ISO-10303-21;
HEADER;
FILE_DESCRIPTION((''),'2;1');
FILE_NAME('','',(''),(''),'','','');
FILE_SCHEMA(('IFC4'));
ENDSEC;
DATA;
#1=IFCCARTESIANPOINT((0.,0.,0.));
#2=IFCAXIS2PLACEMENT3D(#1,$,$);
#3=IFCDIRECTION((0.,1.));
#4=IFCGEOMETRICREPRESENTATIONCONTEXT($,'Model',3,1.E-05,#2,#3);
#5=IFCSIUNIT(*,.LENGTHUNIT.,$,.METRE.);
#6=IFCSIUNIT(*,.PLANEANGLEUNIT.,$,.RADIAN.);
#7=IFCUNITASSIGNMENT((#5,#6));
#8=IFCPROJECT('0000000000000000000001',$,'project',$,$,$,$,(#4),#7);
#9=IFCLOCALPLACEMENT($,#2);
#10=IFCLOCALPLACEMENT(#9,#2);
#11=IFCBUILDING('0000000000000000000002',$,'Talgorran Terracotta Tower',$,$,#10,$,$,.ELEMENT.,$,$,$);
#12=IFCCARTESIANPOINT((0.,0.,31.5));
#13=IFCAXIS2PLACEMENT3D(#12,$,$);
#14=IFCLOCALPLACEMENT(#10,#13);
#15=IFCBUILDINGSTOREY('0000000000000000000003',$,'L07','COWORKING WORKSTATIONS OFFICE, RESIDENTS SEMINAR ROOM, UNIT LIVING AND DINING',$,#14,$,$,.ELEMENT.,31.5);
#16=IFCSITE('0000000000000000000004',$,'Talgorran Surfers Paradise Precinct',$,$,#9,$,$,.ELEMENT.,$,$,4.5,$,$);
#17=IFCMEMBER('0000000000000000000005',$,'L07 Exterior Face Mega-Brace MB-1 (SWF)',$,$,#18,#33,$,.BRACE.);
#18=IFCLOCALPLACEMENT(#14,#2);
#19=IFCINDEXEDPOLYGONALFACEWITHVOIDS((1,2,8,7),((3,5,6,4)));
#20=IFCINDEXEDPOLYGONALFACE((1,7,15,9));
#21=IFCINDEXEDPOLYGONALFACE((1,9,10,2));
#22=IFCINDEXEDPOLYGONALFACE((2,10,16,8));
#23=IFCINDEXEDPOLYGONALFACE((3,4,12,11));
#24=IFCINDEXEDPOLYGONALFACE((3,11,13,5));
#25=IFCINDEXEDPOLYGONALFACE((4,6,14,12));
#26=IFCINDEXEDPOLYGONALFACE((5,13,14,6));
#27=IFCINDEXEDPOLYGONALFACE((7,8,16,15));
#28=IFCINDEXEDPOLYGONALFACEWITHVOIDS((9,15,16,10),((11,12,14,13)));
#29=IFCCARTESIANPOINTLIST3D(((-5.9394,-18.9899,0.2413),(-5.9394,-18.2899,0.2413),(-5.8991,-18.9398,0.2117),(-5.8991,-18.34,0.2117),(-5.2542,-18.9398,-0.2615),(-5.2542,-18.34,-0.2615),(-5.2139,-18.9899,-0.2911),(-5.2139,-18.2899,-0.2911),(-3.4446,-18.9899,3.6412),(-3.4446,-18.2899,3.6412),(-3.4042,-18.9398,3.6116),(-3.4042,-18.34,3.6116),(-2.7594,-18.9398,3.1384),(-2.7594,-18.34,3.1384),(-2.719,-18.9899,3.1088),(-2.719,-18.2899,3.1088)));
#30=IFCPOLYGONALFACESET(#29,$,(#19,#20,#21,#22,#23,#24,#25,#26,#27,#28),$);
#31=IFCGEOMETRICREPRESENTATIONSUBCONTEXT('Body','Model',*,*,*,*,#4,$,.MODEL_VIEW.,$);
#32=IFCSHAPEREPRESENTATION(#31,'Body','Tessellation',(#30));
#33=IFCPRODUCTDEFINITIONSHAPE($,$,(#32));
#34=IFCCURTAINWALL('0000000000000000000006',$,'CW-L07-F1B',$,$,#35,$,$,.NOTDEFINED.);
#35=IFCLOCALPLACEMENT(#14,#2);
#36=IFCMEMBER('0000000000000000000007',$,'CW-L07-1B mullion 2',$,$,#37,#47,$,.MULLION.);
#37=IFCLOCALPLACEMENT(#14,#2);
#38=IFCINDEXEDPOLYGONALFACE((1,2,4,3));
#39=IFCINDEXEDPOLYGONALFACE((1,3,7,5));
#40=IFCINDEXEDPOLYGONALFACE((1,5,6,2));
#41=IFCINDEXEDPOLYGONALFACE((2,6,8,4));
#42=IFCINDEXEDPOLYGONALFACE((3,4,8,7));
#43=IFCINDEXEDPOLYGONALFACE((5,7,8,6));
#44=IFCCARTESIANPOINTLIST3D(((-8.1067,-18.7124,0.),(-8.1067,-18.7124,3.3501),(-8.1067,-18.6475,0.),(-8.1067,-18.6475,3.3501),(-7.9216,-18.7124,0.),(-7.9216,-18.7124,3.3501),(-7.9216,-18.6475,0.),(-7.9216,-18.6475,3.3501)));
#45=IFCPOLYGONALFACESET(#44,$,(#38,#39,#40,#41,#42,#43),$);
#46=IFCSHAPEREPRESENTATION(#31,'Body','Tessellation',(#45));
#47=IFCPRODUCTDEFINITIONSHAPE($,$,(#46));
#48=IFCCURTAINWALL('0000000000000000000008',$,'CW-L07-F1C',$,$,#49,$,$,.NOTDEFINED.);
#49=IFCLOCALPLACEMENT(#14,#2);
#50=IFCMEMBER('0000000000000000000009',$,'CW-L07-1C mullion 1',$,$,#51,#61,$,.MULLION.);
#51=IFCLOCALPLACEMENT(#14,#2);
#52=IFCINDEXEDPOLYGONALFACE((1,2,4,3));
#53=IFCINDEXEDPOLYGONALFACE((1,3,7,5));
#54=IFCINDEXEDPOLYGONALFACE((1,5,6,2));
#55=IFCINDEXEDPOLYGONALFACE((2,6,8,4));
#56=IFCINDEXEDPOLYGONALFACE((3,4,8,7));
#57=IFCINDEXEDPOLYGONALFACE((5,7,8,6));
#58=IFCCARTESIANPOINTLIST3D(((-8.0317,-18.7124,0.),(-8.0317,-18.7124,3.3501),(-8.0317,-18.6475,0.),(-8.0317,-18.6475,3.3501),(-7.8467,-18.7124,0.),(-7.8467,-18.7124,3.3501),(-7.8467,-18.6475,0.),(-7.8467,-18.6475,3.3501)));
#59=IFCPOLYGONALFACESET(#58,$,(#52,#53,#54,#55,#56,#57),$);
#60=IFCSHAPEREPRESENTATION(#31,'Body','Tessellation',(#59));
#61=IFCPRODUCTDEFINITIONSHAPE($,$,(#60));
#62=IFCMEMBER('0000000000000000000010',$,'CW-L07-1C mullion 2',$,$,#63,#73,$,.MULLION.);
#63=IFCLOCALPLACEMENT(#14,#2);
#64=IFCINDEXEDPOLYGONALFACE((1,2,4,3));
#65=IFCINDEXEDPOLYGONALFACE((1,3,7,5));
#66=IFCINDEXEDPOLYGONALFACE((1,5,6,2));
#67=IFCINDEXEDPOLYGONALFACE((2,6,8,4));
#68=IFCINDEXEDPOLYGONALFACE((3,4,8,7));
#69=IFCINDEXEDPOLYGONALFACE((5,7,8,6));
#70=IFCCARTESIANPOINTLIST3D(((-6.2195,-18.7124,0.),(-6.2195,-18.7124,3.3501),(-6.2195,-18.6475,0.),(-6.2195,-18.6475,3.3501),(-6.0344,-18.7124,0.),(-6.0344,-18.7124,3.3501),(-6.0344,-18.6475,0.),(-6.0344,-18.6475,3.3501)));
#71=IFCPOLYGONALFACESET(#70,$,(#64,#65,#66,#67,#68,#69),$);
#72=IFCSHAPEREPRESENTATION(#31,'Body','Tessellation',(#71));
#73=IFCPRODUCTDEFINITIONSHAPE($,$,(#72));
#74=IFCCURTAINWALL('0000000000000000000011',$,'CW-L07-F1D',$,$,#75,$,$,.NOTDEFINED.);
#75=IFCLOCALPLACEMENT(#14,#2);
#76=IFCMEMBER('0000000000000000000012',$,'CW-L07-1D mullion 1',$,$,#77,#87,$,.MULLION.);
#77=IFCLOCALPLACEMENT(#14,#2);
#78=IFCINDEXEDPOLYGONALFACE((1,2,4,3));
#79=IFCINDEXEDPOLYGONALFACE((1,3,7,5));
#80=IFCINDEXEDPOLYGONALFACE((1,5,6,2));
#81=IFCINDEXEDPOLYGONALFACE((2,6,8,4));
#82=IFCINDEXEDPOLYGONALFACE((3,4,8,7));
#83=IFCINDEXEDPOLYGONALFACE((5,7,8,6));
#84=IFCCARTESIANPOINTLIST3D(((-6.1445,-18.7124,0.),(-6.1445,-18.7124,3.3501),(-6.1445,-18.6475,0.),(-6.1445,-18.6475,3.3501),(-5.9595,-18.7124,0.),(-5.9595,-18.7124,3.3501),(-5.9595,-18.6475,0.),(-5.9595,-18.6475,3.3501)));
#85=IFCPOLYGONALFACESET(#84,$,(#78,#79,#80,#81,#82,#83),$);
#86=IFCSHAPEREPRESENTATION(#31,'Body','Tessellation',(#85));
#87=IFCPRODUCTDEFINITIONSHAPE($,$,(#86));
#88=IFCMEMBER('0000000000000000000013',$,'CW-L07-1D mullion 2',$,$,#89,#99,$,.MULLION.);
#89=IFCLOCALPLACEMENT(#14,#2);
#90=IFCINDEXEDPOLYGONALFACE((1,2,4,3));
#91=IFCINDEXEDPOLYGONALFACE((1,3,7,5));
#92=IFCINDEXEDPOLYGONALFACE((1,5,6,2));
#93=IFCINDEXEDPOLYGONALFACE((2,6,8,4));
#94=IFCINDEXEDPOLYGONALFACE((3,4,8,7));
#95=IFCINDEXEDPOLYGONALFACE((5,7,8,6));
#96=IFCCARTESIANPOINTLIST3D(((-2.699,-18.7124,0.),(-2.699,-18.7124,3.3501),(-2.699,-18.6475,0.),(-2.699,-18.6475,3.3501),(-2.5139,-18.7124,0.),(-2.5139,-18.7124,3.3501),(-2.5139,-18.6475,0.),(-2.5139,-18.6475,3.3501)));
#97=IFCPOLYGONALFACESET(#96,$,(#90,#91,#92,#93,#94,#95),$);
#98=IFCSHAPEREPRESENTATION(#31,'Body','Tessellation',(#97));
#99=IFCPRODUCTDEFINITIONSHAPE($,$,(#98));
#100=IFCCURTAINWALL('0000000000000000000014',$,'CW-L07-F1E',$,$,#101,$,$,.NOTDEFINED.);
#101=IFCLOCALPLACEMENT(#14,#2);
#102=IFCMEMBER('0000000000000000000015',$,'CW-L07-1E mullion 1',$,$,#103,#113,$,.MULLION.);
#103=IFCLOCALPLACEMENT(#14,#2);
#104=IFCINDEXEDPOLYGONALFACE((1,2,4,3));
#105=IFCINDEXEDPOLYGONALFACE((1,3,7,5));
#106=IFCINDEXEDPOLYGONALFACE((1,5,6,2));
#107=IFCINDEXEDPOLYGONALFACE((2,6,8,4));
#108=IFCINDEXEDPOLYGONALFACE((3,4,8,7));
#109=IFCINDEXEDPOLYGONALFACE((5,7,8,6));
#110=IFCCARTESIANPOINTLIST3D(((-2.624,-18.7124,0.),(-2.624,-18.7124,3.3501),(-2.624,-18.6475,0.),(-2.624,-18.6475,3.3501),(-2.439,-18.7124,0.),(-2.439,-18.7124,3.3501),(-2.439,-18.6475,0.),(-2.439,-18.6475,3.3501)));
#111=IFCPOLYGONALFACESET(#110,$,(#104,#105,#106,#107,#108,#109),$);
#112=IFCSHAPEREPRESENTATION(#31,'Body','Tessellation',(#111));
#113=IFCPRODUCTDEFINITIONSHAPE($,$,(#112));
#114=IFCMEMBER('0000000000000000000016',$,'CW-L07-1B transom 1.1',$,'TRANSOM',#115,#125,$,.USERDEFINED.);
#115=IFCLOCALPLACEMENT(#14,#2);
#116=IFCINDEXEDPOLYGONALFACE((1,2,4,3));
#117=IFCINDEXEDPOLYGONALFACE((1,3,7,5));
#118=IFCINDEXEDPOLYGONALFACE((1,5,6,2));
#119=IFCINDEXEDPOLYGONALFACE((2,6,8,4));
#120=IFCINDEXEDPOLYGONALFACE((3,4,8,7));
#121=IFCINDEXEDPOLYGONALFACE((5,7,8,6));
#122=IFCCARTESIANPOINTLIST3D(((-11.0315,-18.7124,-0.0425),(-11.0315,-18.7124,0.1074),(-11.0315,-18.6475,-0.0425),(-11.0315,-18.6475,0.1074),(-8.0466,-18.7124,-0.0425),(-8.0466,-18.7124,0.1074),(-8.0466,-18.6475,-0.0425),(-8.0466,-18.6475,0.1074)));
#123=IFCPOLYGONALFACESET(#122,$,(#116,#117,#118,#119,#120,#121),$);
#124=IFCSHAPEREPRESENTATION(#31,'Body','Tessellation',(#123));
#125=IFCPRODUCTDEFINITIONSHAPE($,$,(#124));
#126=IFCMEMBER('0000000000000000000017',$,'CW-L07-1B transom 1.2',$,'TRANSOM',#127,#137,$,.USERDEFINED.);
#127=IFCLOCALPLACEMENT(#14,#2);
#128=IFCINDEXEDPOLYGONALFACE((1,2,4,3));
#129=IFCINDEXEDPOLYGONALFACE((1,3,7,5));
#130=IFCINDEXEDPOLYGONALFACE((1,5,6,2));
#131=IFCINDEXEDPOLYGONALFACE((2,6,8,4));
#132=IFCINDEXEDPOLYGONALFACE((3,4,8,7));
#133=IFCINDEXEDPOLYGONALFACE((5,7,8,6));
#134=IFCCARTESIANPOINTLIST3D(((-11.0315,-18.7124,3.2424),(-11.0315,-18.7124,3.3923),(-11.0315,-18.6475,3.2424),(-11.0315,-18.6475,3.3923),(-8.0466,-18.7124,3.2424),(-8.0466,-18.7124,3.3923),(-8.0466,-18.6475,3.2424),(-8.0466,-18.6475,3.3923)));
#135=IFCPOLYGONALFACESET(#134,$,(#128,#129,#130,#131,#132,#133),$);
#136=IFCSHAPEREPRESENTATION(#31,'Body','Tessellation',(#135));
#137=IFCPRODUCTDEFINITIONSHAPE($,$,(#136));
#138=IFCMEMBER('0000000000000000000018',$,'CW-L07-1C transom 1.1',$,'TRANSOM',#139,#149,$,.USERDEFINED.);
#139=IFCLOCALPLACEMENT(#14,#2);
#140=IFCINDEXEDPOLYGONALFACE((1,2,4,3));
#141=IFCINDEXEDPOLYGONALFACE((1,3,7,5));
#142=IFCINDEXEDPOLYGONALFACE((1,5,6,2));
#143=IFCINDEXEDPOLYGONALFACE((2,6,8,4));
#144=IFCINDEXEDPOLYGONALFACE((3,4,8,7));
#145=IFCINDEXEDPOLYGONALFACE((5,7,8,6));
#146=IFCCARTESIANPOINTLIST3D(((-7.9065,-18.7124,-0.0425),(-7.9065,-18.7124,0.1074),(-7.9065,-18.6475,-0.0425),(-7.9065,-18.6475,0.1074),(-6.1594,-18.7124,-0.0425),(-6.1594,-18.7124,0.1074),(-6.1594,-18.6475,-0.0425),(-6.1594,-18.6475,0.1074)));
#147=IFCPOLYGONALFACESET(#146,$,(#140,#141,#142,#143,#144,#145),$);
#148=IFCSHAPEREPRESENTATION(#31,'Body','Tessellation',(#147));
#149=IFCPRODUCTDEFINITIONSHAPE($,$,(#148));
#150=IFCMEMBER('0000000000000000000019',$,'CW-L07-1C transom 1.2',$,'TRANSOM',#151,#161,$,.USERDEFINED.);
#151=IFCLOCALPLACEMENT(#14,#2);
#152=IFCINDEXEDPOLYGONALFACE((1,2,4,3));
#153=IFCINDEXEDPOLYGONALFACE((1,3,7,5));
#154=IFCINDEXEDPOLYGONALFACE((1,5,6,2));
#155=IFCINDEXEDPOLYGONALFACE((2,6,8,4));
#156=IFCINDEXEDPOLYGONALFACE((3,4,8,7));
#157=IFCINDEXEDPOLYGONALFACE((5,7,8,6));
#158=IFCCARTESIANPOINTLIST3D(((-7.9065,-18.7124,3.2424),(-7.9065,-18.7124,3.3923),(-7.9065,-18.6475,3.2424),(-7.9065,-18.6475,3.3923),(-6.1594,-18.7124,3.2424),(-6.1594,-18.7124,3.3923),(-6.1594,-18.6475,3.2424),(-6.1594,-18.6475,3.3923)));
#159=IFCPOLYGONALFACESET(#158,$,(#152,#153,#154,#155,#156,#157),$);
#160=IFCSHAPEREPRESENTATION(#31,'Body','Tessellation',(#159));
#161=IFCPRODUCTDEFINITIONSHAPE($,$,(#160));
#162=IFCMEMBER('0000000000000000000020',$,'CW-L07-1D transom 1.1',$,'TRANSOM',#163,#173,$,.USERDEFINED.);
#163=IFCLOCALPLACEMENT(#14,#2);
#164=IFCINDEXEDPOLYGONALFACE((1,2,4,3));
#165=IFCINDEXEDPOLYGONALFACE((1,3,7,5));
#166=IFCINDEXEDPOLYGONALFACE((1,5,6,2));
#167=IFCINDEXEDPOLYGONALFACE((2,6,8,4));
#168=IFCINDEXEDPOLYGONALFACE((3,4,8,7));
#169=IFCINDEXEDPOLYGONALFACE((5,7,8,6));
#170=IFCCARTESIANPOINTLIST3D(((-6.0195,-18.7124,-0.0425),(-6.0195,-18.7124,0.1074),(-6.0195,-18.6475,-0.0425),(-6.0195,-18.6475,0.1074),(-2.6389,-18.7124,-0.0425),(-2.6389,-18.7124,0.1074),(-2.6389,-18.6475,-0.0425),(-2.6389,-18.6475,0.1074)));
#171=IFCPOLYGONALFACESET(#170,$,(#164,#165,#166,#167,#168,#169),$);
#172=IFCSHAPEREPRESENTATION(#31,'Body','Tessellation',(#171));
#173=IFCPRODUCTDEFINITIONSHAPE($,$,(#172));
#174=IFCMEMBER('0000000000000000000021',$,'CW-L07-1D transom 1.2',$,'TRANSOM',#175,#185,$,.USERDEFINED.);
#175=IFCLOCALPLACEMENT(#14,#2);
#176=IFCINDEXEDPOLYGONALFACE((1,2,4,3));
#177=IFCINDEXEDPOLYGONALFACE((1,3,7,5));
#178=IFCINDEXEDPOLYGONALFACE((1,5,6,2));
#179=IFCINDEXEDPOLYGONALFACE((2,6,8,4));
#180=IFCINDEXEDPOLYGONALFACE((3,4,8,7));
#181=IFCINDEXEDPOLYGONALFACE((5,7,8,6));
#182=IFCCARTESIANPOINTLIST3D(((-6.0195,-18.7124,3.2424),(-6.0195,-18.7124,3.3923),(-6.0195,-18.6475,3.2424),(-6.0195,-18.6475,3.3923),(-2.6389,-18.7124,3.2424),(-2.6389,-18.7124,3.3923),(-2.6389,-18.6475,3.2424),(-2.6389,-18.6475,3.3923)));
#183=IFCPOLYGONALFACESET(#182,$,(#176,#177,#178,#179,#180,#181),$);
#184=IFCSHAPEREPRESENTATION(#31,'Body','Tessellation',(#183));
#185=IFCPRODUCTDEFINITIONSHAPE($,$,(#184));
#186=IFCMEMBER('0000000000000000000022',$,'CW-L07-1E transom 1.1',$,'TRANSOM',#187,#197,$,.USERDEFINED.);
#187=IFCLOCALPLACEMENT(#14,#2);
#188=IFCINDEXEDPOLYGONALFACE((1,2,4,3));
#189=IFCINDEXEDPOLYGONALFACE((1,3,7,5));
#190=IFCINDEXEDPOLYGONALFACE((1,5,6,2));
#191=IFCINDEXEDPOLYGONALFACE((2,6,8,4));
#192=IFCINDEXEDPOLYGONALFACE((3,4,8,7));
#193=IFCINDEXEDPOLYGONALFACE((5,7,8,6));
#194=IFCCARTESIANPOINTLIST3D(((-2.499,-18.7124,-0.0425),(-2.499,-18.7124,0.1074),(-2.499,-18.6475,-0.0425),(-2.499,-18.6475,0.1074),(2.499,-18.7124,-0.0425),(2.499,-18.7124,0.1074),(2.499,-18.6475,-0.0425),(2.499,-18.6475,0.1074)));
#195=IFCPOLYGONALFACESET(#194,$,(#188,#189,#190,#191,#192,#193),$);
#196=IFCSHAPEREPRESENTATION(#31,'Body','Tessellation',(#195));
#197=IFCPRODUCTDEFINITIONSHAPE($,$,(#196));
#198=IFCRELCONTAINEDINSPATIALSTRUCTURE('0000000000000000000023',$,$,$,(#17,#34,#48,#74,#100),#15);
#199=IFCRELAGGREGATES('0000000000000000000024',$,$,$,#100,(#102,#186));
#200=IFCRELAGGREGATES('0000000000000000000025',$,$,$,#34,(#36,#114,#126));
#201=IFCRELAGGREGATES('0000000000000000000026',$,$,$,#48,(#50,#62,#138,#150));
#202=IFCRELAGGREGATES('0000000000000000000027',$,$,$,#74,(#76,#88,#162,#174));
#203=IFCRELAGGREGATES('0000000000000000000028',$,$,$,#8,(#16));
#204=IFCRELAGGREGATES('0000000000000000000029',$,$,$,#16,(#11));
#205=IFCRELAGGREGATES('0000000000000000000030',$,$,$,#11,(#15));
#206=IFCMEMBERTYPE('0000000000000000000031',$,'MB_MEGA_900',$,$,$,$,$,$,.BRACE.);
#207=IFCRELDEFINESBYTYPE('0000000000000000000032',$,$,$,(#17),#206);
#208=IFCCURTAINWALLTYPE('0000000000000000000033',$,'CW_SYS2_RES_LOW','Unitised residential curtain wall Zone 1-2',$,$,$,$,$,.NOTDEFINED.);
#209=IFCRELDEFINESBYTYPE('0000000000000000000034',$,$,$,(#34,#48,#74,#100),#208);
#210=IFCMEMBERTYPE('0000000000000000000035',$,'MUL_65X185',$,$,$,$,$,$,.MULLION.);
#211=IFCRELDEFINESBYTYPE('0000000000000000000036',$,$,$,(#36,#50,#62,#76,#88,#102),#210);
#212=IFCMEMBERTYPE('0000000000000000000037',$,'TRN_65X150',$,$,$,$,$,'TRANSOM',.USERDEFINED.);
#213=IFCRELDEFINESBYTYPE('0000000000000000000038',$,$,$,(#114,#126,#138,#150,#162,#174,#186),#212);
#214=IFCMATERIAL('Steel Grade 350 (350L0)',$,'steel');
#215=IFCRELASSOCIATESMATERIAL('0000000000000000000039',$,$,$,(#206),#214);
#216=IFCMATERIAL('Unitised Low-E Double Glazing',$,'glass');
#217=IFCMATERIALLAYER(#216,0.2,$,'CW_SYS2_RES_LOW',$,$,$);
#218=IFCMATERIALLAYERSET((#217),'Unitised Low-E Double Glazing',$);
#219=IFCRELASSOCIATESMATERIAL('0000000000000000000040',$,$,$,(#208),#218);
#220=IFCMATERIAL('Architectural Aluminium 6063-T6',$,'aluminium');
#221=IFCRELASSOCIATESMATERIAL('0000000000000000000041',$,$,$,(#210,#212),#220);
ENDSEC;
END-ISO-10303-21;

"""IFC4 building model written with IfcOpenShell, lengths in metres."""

from ifc_helpers import new_model, si_unit, direction, frame, origin, origin_2d, place, context, subcontext, project, spatial, rectangle, hollow_rectangle, extrude, material, layer, layer_set, material_profile, profile_set, type_object, element, aggregate, save


model = new_model("IFC4")

# Units and contexts
model_context = context("Model", 3, precision=1e-05, world=origin(), true_north=direction((0.0, 1.0)))
body_context = subcontext(model_context, "Body", "Model", "MODEL_VIEW")
ifc_project = project(units=[si_unit("LENGTHUNIT", "METRE"), si_unit("PLANEANGLEUNIT", "RADIAN")], contexts=[model_context])

# Site, building, storey
site_placement = place(None, origin())
site = spatial("IfcSite", under=ifc_project, at=site_placement, Name="Talgorran Surfers Paradise Precinct", CompositionType="ELEMENT", RefElevation=4.5)
building_placement = place(site_placement, origin())
building = spatial("IfcBuilding", under=site, at=building_placement, Name="Talgorran Terracotta Tower", CompositionType="ELEMENT")
storey_placement = place(building_placement, frame((0.0, 0.0, 31.5)))
storey = spatial("IfcBuildingStorey", under=building, at=storey_placement, Name="L07", Description="COWORKING WORKSTATIONS OFFICE, RESIDENTS SEMINAR ROOM, UNIT LIVING AND DINING", CompositionType="ELEMENT", Elevation=31.5)

# Member
ifc_material_1 = material(Name="Steel Grade 350 (350L0)", Category="steel")
ifc_material_profile_1 = material_profile(ifc_material_1, hollow_rectangle(XDim=0.7, YDim=0.8999, WallThickness=0.05, at=origin_2d()), Name="WBOX900X700X50")
ifc_profile_set_1 = profile_set([ifc_material_profile_1], Name="Steel Grade 350 (350L0)")
member_type_1 = type_object("IfcMemberType", Name="MB_MEGA_900", PredefinedType="BRACE", material=ifc_profile_set_1)
member_1_placement = place(storey_placement, frame((-5.5767, -18.6399, -0.0249), z_axis=(0.591612, 0.0, 0.806223), x_axis=(0.0, 1.0, 0.0)))
element("IfcMember", 1, at=member_1_placement, inside=storey, type_object=member_type_1, Name="L07 Exterior Face Mega-Brace MB-1 (SWF)", PredefinedType="BRACE", context=body_context, shape_type="SweptSolid", body=[
    extrude(hollow_rectangle(XDim=0.7, YDim=0.8999, WallThickness=0.05, at=origin_2d()), origin(), (0.0, 0.0, 1.0), 4.217),
])

# Curtain wall, member
ifc_material_2 = material(Name="Unitised Low-E Double Glazing", Category="glass")
ifc_layer_1 = layer(ifc_material_2, 0.2, Name="CW_SYS2_RES_LOW")
ifc_layer_set_1 = layer_set([ifc_layer_1], Name="Unitised Low-E Double Glazing")
curtain_wall_type = type_object("IfcCurtainWallType", Name="CW_SYS2_RES_LOW", Description="Unitised residential curtain wall Zone 1-2", PredefinedType="NOTDEFINED", material=ifc_layer_set_1)
curtain_wall_1_placement = place(storey_placement, origin())
curtain_wall_1 = element("IfcCurtainWall", 2, at=curtain_wall_1_placement, inside=storey, type_object=curtain_wall_type, Name="CW-L07-F1B", PredefinedType="NOTDEFINED")
ifc_material_3 = material(Name="Architectural Aluminium 6063-T6", Category="aluminium")
ifc_material_profile_2 = material_profile(ifc_material_3, rectangle(XDim=0.0649, YDim=0.1851, at=origin_2d()), Name="CWM65X185")
ifc_profile_set_2 = profile_set([ifc_material_profile_2], Name="Architectural Aluminium 6063-T6")
member_type_2 = type_object("IfcMemberType", Name="MUL_65X185", PredefinedType="MULLION", material=ifc_profile_set_2)
member_2_placement = place(storey_placement, frame((-8.0142, -18.6799, 0.0), z_axis=(0.0, 0.0, 1.0), x_axis=(0.0, 1.0, 0.0)))
member_2 = element("IfcMember", 3, at=member_2_placement, type_object=member_type_2, Name="CW-L07-1B mullion 2", PredefinedType="MULLION", context=body_context, shape_type="SweptSolid", body=[
    extrude(rectangle(XDim=0.0649, YDim=0.1851, at=origin_2d()), origin(), (0.0, 0.0, 1.0), 3.3501),
])

# Curtain walls, members
curtain_wall_2_placement = place(storey_placement, origin())
curtain_wall_2 = element("IfcCurtainWall", 4, at=curtain_wall_2_placement, inside=storey, type_object=curtain_wall_type, Name="CW-L07-F1C", PredefinedType="NOTDEFINED")
member_3_placement = place(storey_placement, frame((-7.9392, -18.6799, 0.0), z_axis=(0.0, 0.0, 1.0), x_axis=(0.0, 1.0, 0.0)))
member_3 = element("IfcMember", 5, at=member_3_placement, type_object=member_type_2, Name="CW-L07-1C mullion 1", PredefinedType="MULLION", context=body_context, shape_type="SweptSolid", body=[
    extrude(rectangle(XDim=0.0649, YDim=0.1851, at=origin_2d()), origin(), (0.0, 0.0, 1.0), 3.3501),
])
member_4_placement = place(storey_placement, frame((-6.127, -18.6799, 0.0), z_axis=(0.0, 0.0, 1.0), x_axis=(0.0, 1.0, 0.0)))
member_4 = element("IfcMember", 6, at=member_4_placement, type_object=member_type_2, Name="CW-L07-1C mullion 2", PredefinedType="MULLION", context=body_context, shape_type="SweptSolid", body=[
    extrude(rectangle(XDim=0.0649, YDim=0.1851, at=origin_2d()), origin(), (0.0, 0.0, 1.0), 3.3501),
])
curtain_wall_3_placement = place(storey_placement, origin())
curtain_wall_3 = element("IfcCurtainWall", 7, at=curtain_wall_3_placement, inside=storey, type_object=curtain_wall_type, Name="CW-L07-F1D", PredefinedType="NOTDEFINED")
member_5_placement = place(storey_placement, frame((-6.052, -18.6799, 0.0), z_axis=(0.0, 0.0, 1.0), x_axis=(0.0, 1.0, 0.0)))
member_5 = element("IfcMember", 8, at=member_5_placement, type_object=member_type_2, Name="CW-L07-1D mullion 1", PredefinedType="MULLION", context=body_context, shape_type="SweptSolid", body=[
    extrude(rectangle(XDim=0.0649, YDim=0.1851, at=origin_2d()), origin(), (0.0, 0.0, 1.0), 3.3501),
])
member_6_placement = place(storey_placement, frame((-2.6064, -18.6799, 0.0), z_axis=(0.0, 0.0, 1.0), x_axis=(0.0, 1.0, 0.0)))
member_6 = element("IfcMember", 9, at=member_6_placement, type_object=member_type_2, Name="CW-L07-1D mullion 2", PredefinedType="MULLION", context=body_context, shape_type="SweptSolid", body=[
    extrude(rectangle(XDim=0.0649, YDim=0.1851, at=origin_2d()), origin(), (0.0, 0.0, 1.0), 3.3501),
])

# Curtain wall, member
curtain_wall_4_placement = place(storey_placement, origin())
curtain_wall_4 = element("IfcCurtainWall", 10, at=curtain_wall_4_placement, inside=storey, type_object=curtain_wall_type, Name="CW-L07-F1E", PredefinedType="NOTDEFINED")
member_7_placement = place(storey_placement, frame((-2.5315, -18.6799, 0.0), z_axis=(0.0, 0.0, 1.0), x_axis=(0.0, 1.0, 0.0)))
member_7 = element("IfcMember", 11, at=member_7_placement, type_object=member_type_2, Name="CW-L07-1E mullion 1", PredefinedType="MULLION", context=body_context, shape_type="SweptSolid", body=[
    extrude(rectangle(XDim=0.0649, YDim=0.1851, at=origin_2d()), origin(), (0.0, 0.0, 1.0), 3.3501),
])

# Members
ifc_material_profile_3 = material_profile(ifc_material_3, rectangle(XDim=0.0649, YDim=0.1499, at=origin_2d()), Name="CWT65X150")
ifc_profile_set_3 = profile_set([ifc_material_profile_3], Name="Architectural Aluminium 6063-T6")
member_type_3 = type_object("IfcMemberType", Name="TRN_65X150", ElementType="TRANSOM", PredefinedType="USERDEFINED", material=ifc_profile_set_3)
member_8_placement = place(storey_placement, frame((-11.0315, -18.6799, 0.0325), z_axis=(1.0, 0.0, 0.0), x_axis=(0.0, 1.0, 0.0)))
member_8 = element("IfcMember", 12, at=member_8_placement, type_object=member_type_3, Name="CW-L07-1B transom 1.1", ObjectType="TRANSOM", PredefinedType="USERDEFINED", context=body_context, shape_type="SweptSolid", body=[
    extrude(rectangle(XDim=0.0649, YDim=0.1499, at=origin_2d()), origin(), (0.0, 0.0, 1.0), 2.9849),
])
member_9_placement = place(storey_placement, frame((-11.0315, -18.6799, 3.3174), z_axis=(1.0, 0.0, 0.0), x_axis=(0.0, 1.0, 0.0)))
member_9 = element("IfcMember", 13, at=member_9_placement, type_object=member_type_3, Name="CW-L07-1B transom 1.2", ObjectType="TRANSOM", PredefinedType="USERDEFINED", context=body_context, shape_type="SweptSolid", body=[
    extrude(rectangle(XDim=0.0649, YDim=0.1499, at=origin_2d()), origin(), (0.0, 0.0, 1.0), 2.9849),
])
member_10_placement = place(storey_placement, frame((-7.9065, -18.6799, 0.0325), z_axis=(1.0, 0.0, 0.0), x_axis=(0.0, 1.0, 0.0)))
member_10 = element("IfcMember", 14, at=member_10_placement, type_object=member_type_3, Name="CW-L07-1C transom 1.1", ObjectType="TRANSOM", PredefinedType="USERDEFINED", context=body_context, shape_type="SweptSolid", body=[
    extrude(rectangle(XDim=0.0649, YDim=0.1499, at=origin_2d()), origin(), (0.0, 0.0, 1.0), 1.7471),
])
member_11_placement = place(storey_placement, frame((-7.9065, -18.6799, 3.3174), z_axis=(1.0, 0.0, 0.0), x_axis=(0.0, 1.0, 0.0)))
member_11 = element("IfcMember", 15, at=member_11_placement, type_object=member_type_3, Name="CW-L07-1C transom 1.2", ObjectType="TRANSOM", PredefinedType="USERDEFINED", context=body_context, shape_type="SweptSolid", body=[
    extrude(rectangle(XDim=0.0649, YDim=0.1499, at=origin_2d()), origin(), (0.0, 0.0, 1.0), 1.7471),
])
member_12_placement = place(storey_placement, frame((-6.0195, -18.6799, 0.0325), z_axis=(1.0, 0.0, 0.0), x_axis=(0.0, 1.0, 0.0)))
member_12 = element("IfcMember", 16, at=member_12_placement, type_object=member_type_3, Name="CW-L07-1D transom 1.1", ObjectType="TRANSOM", PredefinedType="USERDEFINED", context=body_context, shape_type="SweptSolid", body=[
    extrude(rectangle(XDim=0.0649, YDim=0.1499, at=origin_2d()), origin(), (0.0, 0.0, 1.0), 3.3806),
])
member_13_placement = place(storey_placement, frame((-6.0195, -18.6799, 3.3174), z_axis=(1.0, 0.0, 0.0), x_axis=(0.0, 1.0, 0.0)))
member_13 = element("IfcMember", 17, at=member_13_placement, type_object=member_type_3, Name="CW-L07-1D transom 1.2", ObjectType="TRANSOM", PredefinedType="USERDEFINED", context=body_context, shape_type="SweptSolid", body=[
    extrude(rectangle(XDim=0.0649, YDim=0.1499, at=origin_2d()), origin(), (0.0, 0.0, 1.0), 3.3806),
])
member_14_placement = place(storey_placement, frame((-2.499, -18.6799, 0.0325), z_axis=(1.0, 0.0, 0.0), x_axis=(0.0, 1.0, 0.0)))
member_14 = element("IfcMember", 18, at=member_14_placement, type_object=member_type_3, Name="CW-L07-1E transom 1.1", ObjectType="TRANSOM", PredefinedType="USERDEFINED", context=body_context, shape_type="SweptSolid", body=[
    extrude(rectangle(XDim=0.0649, YDim=0.1499, at=origin_2d()), origin(), (0.0, 0.0, 1.0), 4.998),
])
aggregate(curtain_wall_4, [member_7, member_14])

aggregate(curtain_wall_1, [member_2, member_8, member_9])
aggregate(curtain_wall_2, [member_3, member_4, member_10, member_11])
aggregate(curtain_wall_3, [member_5, member_6, member_12, member_13])

save(model, "model.ifc")
